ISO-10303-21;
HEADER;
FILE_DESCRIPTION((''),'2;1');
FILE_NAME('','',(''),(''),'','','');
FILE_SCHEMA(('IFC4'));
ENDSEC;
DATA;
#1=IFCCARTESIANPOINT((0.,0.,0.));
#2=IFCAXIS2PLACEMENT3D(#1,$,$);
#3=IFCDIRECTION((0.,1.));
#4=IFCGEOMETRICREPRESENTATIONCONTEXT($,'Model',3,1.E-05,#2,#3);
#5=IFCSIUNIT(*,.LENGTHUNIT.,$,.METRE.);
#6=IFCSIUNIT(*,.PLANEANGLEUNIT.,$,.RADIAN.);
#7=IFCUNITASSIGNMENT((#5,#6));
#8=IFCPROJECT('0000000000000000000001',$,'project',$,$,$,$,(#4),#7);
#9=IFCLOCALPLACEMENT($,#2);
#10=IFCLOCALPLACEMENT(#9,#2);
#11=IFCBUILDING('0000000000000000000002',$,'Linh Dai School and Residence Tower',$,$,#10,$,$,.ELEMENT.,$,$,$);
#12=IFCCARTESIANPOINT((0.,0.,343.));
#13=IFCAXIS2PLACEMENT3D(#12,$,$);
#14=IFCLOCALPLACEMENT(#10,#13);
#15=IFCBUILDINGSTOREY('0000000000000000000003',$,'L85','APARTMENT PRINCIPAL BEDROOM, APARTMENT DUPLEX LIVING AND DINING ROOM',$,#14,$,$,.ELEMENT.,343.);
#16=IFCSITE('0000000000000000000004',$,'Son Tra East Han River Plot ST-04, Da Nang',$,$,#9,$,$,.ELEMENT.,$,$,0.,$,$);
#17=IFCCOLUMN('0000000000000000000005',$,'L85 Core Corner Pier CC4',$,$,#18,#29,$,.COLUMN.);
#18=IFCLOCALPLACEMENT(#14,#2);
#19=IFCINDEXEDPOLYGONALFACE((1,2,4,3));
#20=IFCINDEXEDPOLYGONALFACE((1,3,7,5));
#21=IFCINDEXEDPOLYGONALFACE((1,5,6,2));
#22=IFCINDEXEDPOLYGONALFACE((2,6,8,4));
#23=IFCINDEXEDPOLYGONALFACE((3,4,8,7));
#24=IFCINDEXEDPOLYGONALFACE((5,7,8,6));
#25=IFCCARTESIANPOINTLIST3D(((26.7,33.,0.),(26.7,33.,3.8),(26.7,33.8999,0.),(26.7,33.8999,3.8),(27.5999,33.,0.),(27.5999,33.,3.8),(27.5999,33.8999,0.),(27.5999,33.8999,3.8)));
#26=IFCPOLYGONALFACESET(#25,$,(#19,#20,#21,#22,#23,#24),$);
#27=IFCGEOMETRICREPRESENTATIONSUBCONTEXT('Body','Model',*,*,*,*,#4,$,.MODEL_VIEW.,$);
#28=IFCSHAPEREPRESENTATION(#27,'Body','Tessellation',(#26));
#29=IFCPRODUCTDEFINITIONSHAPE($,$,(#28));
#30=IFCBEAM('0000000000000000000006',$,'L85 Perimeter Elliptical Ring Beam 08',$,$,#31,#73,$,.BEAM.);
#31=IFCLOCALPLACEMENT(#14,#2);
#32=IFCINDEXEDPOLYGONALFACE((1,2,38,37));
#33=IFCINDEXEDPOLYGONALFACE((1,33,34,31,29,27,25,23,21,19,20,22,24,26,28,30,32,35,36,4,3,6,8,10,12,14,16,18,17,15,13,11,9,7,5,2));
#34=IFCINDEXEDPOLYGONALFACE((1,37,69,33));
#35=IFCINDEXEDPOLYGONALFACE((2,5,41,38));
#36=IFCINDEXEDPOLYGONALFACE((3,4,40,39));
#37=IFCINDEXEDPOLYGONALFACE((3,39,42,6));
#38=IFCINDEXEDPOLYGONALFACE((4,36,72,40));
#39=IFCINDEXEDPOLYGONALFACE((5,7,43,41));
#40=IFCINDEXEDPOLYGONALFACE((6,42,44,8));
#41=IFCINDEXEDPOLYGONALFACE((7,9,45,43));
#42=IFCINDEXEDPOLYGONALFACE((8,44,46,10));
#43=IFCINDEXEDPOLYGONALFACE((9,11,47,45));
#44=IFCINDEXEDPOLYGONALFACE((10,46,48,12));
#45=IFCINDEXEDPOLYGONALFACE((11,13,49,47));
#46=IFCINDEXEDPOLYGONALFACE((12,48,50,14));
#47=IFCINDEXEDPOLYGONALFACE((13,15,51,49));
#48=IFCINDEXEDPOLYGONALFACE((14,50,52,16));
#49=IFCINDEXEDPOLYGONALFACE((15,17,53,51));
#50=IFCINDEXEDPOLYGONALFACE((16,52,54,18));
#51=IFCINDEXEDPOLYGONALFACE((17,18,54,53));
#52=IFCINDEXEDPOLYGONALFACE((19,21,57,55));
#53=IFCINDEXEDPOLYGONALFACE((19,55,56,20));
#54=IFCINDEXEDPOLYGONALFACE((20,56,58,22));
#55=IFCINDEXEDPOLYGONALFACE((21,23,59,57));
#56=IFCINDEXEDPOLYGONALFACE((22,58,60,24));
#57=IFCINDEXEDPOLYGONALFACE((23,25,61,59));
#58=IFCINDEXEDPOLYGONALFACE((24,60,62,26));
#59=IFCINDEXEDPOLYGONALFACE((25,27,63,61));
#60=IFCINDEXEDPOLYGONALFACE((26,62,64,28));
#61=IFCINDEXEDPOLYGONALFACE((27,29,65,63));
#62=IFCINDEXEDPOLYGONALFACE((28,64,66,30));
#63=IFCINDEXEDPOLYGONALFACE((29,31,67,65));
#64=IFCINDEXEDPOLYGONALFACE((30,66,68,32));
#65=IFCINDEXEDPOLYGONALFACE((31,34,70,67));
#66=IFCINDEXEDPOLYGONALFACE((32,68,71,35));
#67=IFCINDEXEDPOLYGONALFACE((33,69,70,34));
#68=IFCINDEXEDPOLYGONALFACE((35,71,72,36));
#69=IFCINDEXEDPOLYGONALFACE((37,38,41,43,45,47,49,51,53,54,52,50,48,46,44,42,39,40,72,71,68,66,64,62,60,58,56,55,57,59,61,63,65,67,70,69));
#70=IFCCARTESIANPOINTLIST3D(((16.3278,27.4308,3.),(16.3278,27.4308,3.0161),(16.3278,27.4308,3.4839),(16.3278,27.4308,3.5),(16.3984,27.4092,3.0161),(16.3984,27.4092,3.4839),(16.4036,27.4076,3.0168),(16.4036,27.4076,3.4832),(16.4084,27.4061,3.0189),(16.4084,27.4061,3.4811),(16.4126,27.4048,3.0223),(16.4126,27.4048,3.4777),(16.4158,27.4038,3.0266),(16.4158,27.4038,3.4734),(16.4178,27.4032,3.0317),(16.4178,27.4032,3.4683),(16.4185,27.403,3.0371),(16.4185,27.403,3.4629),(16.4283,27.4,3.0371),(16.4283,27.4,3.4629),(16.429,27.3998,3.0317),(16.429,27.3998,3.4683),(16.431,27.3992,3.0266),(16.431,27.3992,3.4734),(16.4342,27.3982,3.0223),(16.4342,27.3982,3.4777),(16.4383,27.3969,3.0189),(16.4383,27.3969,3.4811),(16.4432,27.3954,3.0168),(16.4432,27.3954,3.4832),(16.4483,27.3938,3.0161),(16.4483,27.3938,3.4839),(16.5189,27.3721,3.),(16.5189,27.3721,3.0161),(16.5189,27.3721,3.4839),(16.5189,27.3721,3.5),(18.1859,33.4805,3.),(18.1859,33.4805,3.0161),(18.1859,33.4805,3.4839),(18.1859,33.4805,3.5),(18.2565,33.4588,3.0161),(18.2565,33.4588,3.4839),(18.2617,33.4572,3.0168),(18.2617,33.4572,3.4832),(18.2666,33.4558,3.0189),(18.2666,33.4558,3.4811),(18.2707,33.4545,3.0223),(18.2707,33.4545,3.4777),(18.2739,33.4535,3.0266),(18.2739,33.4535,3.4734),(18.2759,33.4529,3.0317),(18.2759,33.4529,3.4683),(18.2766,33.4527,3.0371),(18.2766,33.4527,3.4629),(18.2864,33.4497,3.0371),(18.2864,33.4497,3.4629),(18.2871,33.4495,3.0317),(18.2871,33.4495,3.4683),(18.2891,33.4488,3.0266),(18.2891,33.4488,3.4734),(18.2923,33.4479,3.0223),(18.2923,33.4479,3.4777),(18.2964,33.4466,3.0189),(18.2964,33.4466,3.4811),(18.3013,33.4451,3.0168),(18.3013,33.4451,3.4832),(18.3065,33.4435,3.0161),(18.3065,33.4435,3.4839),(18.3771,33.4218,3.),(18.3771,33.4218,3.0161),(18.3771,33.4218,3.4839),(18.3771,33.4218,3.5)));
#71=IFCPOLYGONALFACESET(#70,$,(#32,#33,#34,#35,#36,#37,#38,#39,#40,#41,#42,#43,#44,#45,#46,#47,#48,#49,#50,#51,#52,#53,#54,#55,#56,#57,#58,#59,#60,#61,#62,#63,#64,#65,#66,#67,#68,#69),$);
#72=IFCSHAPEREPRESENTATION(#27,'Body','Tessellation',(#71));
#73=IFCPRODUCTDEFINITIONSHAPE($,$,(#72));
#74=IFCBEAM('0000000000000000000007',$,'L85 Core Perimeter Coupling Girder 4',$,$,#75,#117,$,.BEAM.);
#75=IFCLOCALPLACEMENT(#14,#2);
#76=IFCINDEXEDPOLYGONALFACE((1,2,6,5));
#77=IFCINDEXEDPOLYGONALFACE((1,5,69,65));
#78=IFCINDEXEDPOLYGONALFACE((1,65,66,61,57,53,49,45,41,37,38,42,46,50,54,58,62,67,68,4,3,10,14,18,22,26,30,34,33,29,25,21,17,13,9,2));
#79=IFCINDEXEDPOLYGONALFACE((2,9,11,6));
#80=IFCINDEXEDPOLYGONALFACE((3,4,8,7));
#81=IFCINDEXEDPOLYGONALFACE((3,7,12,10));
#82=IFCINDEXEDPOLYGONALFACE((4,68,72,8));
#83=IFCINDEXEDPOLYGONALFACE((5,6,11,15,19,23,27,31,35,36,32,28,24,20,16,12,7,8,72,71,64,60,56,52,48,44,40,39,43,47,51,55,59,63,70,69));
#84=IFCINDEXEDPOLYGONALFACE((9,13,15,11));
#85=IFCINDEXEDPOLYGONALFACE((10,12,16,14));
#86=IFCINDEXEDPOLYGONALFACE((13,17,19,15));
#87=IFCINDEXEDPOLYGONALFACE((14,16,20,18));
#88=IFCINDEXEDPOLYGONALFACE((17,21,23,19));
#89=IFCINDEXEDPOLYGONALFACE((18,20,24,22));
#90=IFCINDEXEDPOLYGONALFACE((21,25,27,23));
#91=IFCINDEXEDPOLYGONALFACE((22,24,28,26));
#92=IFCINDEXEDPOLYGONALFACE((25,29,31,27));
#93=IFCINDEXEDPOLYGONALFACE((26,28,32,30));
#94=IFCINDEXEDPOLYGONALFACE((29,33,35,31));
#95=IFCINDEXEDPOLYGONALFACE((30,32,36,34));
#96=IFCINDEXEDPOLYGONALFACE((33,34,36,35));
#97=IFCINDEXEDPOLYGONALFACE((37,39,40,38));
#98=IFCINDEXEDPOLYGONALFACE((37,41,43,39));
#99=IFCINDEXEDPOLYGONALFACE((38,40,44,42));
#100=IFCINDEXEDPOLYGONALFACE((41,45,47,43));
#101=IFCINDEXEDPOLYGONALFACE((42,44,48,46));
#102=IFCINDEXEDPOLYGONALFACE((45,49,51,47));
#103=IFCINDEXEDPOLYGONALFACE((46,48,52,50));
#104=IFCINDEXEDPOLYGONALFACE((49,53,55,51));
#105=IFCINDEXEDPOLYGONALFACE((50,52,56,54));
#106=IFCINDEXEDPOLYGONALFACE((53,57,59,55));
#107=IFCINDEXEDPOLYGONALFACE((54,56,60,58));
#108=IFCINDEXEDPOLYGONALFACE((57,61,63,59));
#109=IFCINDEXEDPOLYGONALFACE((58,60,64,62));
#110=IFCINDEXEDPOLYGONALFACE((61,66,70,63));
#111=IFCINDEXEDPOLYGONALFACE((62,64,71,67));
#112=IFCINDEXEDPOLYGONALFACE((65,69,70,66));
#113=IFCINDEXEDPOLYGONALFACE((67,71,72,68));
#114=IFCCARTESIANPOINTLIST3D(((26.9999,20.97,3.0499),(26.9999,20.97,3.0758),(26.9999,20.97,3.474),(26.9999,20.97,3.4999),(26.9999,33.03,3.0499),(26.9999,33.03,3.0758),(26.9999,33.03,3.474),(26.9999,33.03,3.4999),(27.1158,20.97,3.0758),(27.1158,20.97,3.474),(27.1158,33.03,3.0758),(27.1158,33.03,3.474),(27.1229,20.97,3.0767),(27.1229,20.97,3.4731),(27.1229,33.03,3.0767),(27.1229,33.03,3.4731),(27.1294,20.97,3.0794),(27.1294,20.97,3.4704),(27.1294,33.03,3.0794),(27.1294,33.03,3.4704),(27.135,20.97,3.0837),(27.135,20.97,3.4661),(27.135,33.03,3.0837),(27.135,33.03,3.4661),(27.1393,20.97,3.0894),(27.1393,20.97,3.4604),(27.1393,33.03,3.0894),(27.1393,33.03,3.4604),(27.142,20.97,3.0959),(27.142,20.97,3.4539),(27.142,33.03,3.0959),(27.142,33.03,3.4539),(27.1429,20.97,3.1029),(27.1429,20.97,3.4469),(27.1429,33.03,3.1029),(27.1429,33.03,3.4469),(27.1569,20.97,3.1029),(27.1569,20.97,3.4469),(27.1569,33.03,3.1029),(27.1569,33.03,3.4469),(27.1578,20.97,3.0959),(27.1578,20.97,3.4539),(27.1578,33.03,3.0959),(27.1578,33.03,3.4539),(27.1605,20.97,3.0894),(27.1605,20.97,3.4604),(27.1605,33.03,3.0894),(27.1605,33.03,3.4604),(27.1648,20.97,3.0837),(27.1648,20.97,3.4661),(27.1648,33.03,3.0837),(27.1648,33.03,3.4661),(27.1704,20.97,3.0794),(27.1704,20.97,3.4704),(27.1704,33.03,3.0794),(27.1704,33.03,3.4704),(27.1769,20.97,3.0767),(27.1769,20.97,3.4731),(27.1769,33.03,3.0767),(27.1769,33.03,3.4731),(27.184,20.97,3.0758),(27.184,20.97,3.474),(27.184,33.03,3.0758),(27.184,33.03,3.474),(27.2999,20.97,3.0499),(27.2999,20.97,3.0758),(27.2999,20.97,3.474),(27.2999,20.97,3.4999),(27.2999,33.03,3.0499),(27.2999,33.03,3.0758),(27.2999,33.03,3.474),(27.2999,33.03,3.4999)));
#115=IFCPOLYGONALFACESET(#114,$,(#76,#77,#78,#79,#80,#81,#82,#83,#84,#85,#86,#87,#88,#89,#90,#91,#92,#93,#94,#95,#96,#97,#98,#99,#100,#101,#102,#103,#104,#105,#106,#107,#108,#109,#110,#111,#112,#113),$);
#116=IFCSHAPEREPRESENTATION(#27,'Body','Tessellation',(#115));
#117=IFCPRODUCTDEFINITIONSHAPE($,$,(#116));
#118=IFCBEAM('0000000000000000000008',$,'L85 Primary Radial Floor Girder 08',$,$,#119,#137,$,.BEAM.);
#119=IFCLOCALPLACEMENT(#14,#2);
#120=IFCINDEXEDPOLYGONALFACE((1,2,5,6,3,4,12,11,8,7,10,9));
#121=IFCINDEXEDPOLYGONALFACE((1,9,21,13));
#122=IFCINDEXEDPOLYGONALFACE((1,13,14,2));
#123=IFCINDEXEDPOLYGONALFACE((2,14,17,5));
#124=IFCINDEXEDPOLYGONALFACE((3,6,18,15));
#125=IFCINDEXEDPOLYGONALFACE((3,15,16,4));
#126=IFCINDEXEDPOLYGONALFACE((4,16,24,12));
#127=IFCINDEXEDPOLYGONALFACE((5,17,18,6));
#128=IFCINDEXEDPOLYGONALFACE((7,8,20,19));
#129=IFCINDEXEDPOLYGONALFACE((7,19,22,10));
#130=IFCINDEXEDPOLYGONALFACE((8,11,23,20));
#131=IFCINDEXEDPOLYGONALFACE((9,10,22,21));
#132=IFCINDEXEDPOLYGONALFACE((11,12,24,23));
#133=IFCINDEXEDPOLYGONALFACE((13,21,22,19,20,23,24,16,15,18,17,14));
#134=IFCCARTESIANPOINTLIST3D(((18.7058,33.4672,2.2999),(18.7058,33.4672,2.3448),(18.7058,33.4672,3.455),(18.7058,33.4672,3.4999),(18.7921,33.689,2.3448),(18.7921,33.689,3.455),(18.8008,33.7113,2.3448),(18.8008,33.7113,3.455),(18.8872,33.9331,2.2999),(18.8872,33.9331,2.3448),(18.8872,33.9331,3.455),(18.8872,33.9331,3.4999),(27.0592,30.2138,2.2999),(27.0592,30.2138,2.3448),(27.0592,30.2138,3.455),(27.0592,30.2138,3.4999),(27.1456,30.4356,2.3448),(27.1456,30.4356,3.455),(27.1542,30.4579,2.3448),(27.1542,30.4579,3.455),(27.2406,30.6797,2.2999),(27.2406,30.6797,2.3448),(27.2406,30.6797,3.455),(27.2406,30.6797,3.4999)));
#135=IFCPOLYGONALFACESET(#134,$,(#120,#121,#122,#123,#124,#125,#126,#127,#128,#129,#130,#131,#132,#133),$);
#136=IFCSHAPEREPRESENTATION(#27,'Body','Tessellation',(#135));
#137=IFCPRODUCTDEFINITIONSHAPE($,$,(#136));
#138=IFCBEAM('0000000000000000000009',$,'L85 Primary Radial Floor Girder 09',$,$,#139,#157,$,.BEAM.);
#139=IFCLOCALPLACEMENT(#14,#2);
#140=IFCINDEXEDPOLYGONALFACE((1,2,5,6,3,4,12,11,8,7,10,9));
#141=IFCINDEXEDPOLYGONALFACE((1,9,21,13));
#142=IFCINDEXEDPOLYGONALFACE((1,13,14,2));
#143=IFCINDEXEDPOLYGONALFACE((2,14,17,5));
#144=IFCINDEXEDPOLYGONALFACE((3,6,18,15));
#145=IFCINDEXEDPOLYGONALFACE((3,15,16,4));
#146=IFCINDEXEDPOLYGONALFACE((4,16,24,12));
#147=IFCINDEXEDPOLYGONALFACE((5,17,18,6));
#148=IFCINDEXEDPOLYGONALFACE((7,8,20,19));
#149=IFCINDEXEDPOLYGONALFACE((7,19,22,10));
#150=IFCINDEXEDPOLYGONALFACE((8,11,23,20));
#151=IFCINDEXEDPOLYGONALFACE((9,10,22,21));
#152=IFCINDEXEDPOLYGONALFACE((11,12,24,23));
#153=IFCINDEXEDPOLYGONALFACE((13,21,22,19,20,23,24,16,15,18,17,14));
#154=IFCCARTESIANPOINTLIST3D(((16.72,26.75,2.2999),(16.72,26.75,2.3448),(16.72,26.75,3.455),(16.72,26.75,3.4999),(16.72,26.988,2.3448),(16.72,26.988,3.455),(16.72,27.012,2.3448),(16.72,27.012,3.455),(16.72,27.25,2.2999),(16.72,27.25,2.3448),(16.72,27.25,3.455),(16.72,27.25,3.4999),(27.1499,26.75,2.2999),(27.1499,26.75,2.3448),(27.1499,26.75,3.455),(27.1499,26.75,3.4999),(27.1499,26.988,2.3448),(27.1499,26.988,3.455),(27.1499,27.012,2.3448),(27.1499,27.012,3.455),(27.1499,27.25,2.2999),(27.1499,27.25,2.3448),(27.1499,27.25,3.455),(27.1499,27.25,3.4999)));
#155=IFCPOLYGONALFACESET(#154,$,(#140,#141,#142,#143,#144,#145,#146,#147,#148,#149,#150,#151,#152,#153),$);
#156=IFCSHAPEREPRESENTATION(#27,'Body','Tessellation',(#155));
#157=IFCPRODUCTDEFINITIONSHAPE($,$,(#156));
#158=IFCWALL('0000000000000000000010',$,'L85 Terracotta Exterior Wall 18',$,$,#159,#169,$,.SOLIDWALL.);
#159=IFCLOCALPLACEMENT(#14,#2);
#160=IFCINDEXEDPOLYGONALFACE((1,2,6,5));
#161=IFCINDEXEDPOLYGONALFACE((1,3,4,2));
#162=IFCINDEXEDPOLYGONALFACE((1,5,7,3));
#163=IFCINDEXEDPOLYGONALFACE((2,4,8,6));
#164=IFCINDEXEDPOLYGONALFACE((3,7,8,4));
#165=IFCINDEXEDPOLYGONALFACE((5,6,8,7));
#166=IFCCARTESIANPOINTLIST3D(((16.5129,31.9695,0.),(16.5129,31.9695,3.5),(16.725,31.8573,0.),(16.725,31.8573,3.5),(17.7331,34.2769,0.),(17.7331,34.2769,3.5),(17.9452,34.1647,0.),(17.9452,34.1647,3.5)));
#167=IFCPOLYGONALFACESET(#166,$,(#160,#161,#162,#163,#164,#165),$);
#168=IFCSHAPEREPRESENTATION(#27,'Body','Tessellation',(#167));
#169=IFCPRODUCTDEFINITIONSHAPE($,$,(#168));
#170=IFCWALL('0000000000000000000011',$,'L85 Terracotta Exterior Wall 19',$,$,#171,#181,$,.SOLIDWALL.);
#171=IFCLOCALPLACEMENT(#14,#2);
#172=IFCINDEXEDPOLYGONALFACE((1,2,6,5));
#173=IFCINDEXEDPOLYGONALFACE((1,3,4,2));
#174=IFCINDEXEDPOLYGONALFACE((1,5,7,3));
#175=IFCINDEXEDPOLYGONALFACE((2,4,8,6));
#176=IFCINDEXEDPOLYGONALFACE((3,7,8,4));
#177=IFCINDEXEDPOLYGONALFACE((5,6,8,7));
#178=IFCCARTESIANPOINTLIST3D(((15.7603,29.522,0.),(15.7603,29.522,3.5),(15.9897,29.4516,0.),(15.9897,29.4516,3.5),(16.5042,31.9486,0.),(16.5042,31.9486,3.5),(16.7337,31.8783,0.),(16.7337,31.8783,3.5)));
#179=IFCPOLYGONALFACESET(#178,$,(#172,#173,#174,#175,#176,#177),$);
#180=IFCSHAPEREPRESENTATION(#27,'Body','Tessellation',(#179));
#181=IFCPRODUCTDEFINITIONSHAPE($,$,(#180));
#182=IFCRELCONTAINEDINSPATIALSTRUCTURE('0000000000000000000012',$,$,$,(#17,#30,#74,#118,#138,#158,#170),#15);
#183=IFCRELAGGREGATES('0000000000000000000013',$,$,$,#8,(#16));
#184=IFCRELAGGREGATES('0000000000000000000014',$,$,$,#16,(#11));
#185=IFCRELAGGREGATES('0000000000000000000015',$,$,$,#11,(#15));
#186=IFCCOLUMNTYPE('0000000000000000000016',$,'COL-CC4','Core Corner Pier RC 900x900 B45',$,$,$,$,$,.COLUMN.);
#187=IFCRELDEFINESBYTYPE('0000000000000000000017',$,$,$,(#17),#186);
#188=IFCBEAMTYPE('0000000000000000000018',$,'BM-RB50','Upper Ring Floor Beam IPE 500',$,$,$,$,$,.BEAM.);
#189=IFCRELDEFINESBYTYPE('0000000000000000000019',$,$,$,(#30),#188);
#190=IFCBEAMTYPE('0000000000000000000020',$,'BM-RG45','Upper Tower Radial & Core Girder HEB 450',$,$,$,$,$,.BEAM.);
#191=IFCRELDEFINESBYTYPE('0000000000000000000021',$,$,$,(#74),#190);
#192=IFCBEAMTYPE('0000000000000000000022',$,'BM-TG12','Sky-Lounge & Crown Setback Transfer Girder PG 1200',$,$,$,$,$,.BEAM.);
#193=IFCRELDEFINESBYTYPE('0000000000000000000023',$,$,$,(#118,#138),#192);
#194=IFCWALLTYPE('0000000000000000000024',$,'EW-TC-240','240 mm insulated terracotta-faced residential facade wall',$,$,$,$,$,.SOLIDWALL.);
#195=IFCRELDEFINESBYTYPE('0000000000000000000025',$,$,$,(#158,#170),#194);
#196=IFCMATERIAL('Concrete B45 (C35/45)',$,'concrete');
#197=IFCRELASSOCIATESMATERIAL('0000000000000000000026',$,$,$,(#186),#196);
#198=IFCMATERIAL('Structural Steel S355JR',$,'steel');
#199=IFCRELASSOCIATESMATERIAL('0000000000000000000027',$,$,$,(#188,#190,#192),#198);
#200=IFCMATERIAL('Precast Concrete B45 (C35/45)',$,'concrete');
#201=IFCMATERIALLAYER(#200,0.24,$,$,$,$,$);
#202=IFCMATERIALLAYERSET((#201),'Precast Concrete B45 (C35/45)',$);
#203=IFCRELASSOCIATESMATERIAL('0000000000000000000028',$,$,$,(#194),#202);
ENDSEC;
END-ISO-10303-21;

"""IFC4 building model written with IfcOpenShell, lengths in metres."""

from ifc_helpers import new_model, si_unit, direction, frame, frame_2d, origin, origin_2d, place, context, subcontext, project, spatial, rectangle, i_section, extrude, material, layer, layer_set, material_profile, profile_set, type_object, element, save


model = new_model("IFC4")

# Units and contexts
model_context = context("Model", 3, precision=1e-05, world=origin(), true_north=direction((0.0, 1.0)))
body_context = subcontext(model_context, "Body", "Model", "MODEL_VIEW")
ifc_project = project(units=[si_unit("LENGTHUNIT", "METRE"), si_unit("PLANEANGLEUNIT", "RADIAN")], contexts=[model_context])

# Site, building, storey
site_placement = place(None, origin())
site = spatial("IfcSite", under=ifc_project, at=site_placement, Name="Son Tra East Han River Plot ST-04, Da Nang", CompositionType="ELEMENT", RefElevation=0.0)
building_placement = place(site_placement, origin())
building = spatial("IfcBuilding", under=site, at=building_placement, Name="Linh Dai School and Residence Tower", CompositionType="ELEMENT")
storey_placement = place(building_placement, frame((0.0, 0.0, 343.0)))
storey = spatial("IfcBuildingStorey", under=building, at=storey_placement, Name="L85", Description="APARTMENT PRINCIPAL BEDROOM, APARTMENT DUPLEX LIVING AND DINING ROOM", CompositionType="ELEMENT", Elevation=343.0)

# Column
ifc_material_1 = material(Name="Concrete B45 (C35/45)", Category="concrete")
ifc_material_profile_1 = material_profile(ifc_material_1, rectangle(XDim=0.8999, YDim=0.8999, at=origin_2d()), Name="RC 900x900")
ifc_profile_set_1 = profile_set([ifc_material_profile_1], Name="Concrete B45 (C35/45)")
column_type = type_object("IfcColumnType", Name="COL-CC4", Description="Core Corner Pier RC 900x900 B45", PredefinedType="COLUMN", material=ifc_profile_set_1)
column_placement = place(storey_placement, frame((27.1499, 33.45, 0.0), z_axis=(0.0, 0.0, 1.0), x_axis=(1.0, 0.0, 0.0)))
element("IfcColumn", 1, at=column_placement, inside=storey, type_object=column_type, Name="L85 Core Corner Pier CC4", PredefinedType="COLUMN", context=body_context, shape_type="SweptSolid", body=[
    extrude(rectangle(XDim=0.8999, YDim=0.8999, at=origin_2d()), origin(), (0.0, 0.0, 1.0), 3.8),
])

# Beams
ifc_material_2 = material(Name="Structural Steel S355JR", Category="steel")
ifc_material_profile_2 = material_profile(ifc_material_2, i_section(OverallWidth=0.2, OverallDepth=0.5, WebThickness=0.0103, FlangeThickness=0.0161, FilletRadius=0.021, at=origin_2d()), Name="IPE 500")
ifc_profile_set_2 = profile_set([ifc_material_profile_2], Name="Structural Steel S355JR")
beam_type_1 = type_object("IfcBeamType", Name="BM-RB50", Description="Upper Ring Floor Beam IPE 500", PredefinedType="BEAM", material=ifc_profile_set_2)
beam_1_placement = place(storey_placement, frame((18.2815, 33.4512, 3.25), z_axis=(-0.293606, -0.955927, 0.0), x_axis=(0.955927, -0.293606, 0.0)))
element("IfcBeam", 2, at=beam_1_placement, inside=storey, type_object=beam_type_1, Name="L85 Perimeter Elliptical Ring Beam 08", PredefinedType="BEAM", context=body_context, shape_type="SweptSolid", body=[
    extrude(i_section(OverallWidth=0.2, OverallDepth=0.5, WebThickness=0.0103, FlangeThickness=0.0161, FilletRadius=0.021, at=origin_2d()), origin(), (0.0, 0.0, 1.0), 6.3286),
])
ifc_material_profile_3 = material_profile(ifc_material_2, i_section(OverallWidth=0.3, OverallDepth=0.45, WebThickness=0.0139, FlangeThickness=0.0259, FilletRadius=0.0271, at=origin_2d()), Name="HEB 450")
ifc_profile_set_3 = profile_set([ifc_material_profile_3], Name="Structural Steel S355JR")
beam_type_2 = type_object("IfcBeamType", Name="BM-RG45", Description="Upper Tower Radial & Core Girder HEB 450", PredefinedType="BEAM", material=ifc_profile_set_3)
beam_2_placement = place(storey_placement, frame((27.1499, 33.03, 3.2749), z_axis=(0.0, -1.0, 0.0), x_axis=(1.0, 0.0, 0.0)))
element("IfcBeam", 3, at=beam_2_placement, inside=storey, type_object=beam_type_2, Name="L85 Core Perimeter Coupling Girder 4", PredefinedType="BEAM", context=body_context, shape_type="SweptSolid", body=[
    extrude(i_section(OverallWidth=0.3, OverallDepth=0.45, WebThickness=0.0139, FlangeThickness=0.0259, FilletRadius=0.0271, at=origin_2d()), origin(), (0.0, 0.0, 1.0), 12.0601),
])
ifc_material_profile_4 = material_profile(ifc_material_2, i_section(OverallWidth=0.5, OverallDepth=1.2, WebThickness=0.0239, FlangeThickness=0.0449, at=origin_2d()), Name="PG 1200x500x24x45")
ifc_profile_set_4 = profile_set([ifc_material_profile_4], Name="Structural Steel S355JR")
beam_type_3 = type_object("IfcBeamType", Name="BM-TG12", Description="Sky-Lounge & Crown Setback Transfer Girder PG 1200", PredefinedType="BEAM", material=ifc_profile_set_4)
beam_3_placement = place(storey_placement, frame((27.1499, 30.4468, 2.8999), z_axis=(-0.931823, 0.362914, 0.0), x_axis=(-0.362914, -0.931823, 0.0)))
element("IfcBeam", 4, at=beam_3_placement, inside=storey, type_object=beam_type_3, Name="L85 Primary Radial Floor Girder 08", PredefinedType="BEAM", context=body_context, shape_type="SweptSolid", body=[
    extrude(i_section(OverallWidth=0.5, OverallDepth=1.2, WebThickness=0.0239, FlangeThickness=0.0449, at=origin_2d()), origin(), (0.0, 0.0, 1.0), 8.9646),
])
beam_4_placement = place(storey_placement, frame((27.1499, 27.0, 2.8999), z_axis=(-1.0, 0.0, 0.0), x_axis=(0.0, -1.0, 0.0)))
element("IfcBeam", 5, at=beam_4_placement, inside=storey, type_object=beam_type_3, Name="L85 Primary Radial Floor Girder 09", PredefinedType="BEAM", context=body_context, shape_type="SweptSolid", body=[
    extrude(i_section(OverallWidth=0.5, OverallDepth=1.2, WebThickness=0.0239, FlangeThickness=0.0449, at=origin_2d()), origin(), (0.0, 0.0, 1.0), 10.4299),
])

# Walls
ifc_material_3 = material(Name="Precast Concrete B45 (C35/45)", Category="concrete")
ifc_layer_1 = layer(ifc_material_3, 0.24)
ifc_layer_set_1 = layer_set([ifc_layer_1], Name="Precast Concrete B45 (C35/45)")
wall_type_1 = type_object("IfcWallType", Name="EW-TC-240", Description="240 mm insulated terracotta-faced residential facade wall", PredefinedType="SOLIDWALL", material=ifc_layer_set_1)
wall_1_placement = place(storey_placement, frame((16.6189, 31.9133, 0.0), z_axis=(0.0, 0.0, 1.0), x_axis=(0.467488, 0.883999, 0.0)))
element("IfcWall", 6, at=wall_1_placement, inside=storey, type_object=wall_type_1, Name="L85 Terracotta Exterior Wall 18", PredefinedType="SOLIDWALL", context=body_context, shape_type="SweptSolid", body=[
    extrude(rectangle(XDim=2.6101, YDim=0.24, at=frame_2d((1.3052, 0.0))), origin(), (0.0, 0.0, 1.0), 3.5),
])
wall_2_placement = place(storey_placement, frame((15.875, 29.4868, 0.0), z_axis=(0.0, 0.0, 1.0), x_axis=(0.293106, 0.95608, 0.0)))
element("IfcWall", 7, at=wall_2_placement, inside=storey, type_object=wall_type_1, Name="L85 Terracotta Exterior Wall 19", PredefinedType="SOLIDWALL", context=body_context, shape_type="SweptSolid", body=[
    extrude(rectangle(XDim=2.5381, YDim=0.24, at=frame_2d((1.269, 0.0))), origin(), (0.0, 0.0, 1.0), 3.5),
])

save(model, "model.ifc")
